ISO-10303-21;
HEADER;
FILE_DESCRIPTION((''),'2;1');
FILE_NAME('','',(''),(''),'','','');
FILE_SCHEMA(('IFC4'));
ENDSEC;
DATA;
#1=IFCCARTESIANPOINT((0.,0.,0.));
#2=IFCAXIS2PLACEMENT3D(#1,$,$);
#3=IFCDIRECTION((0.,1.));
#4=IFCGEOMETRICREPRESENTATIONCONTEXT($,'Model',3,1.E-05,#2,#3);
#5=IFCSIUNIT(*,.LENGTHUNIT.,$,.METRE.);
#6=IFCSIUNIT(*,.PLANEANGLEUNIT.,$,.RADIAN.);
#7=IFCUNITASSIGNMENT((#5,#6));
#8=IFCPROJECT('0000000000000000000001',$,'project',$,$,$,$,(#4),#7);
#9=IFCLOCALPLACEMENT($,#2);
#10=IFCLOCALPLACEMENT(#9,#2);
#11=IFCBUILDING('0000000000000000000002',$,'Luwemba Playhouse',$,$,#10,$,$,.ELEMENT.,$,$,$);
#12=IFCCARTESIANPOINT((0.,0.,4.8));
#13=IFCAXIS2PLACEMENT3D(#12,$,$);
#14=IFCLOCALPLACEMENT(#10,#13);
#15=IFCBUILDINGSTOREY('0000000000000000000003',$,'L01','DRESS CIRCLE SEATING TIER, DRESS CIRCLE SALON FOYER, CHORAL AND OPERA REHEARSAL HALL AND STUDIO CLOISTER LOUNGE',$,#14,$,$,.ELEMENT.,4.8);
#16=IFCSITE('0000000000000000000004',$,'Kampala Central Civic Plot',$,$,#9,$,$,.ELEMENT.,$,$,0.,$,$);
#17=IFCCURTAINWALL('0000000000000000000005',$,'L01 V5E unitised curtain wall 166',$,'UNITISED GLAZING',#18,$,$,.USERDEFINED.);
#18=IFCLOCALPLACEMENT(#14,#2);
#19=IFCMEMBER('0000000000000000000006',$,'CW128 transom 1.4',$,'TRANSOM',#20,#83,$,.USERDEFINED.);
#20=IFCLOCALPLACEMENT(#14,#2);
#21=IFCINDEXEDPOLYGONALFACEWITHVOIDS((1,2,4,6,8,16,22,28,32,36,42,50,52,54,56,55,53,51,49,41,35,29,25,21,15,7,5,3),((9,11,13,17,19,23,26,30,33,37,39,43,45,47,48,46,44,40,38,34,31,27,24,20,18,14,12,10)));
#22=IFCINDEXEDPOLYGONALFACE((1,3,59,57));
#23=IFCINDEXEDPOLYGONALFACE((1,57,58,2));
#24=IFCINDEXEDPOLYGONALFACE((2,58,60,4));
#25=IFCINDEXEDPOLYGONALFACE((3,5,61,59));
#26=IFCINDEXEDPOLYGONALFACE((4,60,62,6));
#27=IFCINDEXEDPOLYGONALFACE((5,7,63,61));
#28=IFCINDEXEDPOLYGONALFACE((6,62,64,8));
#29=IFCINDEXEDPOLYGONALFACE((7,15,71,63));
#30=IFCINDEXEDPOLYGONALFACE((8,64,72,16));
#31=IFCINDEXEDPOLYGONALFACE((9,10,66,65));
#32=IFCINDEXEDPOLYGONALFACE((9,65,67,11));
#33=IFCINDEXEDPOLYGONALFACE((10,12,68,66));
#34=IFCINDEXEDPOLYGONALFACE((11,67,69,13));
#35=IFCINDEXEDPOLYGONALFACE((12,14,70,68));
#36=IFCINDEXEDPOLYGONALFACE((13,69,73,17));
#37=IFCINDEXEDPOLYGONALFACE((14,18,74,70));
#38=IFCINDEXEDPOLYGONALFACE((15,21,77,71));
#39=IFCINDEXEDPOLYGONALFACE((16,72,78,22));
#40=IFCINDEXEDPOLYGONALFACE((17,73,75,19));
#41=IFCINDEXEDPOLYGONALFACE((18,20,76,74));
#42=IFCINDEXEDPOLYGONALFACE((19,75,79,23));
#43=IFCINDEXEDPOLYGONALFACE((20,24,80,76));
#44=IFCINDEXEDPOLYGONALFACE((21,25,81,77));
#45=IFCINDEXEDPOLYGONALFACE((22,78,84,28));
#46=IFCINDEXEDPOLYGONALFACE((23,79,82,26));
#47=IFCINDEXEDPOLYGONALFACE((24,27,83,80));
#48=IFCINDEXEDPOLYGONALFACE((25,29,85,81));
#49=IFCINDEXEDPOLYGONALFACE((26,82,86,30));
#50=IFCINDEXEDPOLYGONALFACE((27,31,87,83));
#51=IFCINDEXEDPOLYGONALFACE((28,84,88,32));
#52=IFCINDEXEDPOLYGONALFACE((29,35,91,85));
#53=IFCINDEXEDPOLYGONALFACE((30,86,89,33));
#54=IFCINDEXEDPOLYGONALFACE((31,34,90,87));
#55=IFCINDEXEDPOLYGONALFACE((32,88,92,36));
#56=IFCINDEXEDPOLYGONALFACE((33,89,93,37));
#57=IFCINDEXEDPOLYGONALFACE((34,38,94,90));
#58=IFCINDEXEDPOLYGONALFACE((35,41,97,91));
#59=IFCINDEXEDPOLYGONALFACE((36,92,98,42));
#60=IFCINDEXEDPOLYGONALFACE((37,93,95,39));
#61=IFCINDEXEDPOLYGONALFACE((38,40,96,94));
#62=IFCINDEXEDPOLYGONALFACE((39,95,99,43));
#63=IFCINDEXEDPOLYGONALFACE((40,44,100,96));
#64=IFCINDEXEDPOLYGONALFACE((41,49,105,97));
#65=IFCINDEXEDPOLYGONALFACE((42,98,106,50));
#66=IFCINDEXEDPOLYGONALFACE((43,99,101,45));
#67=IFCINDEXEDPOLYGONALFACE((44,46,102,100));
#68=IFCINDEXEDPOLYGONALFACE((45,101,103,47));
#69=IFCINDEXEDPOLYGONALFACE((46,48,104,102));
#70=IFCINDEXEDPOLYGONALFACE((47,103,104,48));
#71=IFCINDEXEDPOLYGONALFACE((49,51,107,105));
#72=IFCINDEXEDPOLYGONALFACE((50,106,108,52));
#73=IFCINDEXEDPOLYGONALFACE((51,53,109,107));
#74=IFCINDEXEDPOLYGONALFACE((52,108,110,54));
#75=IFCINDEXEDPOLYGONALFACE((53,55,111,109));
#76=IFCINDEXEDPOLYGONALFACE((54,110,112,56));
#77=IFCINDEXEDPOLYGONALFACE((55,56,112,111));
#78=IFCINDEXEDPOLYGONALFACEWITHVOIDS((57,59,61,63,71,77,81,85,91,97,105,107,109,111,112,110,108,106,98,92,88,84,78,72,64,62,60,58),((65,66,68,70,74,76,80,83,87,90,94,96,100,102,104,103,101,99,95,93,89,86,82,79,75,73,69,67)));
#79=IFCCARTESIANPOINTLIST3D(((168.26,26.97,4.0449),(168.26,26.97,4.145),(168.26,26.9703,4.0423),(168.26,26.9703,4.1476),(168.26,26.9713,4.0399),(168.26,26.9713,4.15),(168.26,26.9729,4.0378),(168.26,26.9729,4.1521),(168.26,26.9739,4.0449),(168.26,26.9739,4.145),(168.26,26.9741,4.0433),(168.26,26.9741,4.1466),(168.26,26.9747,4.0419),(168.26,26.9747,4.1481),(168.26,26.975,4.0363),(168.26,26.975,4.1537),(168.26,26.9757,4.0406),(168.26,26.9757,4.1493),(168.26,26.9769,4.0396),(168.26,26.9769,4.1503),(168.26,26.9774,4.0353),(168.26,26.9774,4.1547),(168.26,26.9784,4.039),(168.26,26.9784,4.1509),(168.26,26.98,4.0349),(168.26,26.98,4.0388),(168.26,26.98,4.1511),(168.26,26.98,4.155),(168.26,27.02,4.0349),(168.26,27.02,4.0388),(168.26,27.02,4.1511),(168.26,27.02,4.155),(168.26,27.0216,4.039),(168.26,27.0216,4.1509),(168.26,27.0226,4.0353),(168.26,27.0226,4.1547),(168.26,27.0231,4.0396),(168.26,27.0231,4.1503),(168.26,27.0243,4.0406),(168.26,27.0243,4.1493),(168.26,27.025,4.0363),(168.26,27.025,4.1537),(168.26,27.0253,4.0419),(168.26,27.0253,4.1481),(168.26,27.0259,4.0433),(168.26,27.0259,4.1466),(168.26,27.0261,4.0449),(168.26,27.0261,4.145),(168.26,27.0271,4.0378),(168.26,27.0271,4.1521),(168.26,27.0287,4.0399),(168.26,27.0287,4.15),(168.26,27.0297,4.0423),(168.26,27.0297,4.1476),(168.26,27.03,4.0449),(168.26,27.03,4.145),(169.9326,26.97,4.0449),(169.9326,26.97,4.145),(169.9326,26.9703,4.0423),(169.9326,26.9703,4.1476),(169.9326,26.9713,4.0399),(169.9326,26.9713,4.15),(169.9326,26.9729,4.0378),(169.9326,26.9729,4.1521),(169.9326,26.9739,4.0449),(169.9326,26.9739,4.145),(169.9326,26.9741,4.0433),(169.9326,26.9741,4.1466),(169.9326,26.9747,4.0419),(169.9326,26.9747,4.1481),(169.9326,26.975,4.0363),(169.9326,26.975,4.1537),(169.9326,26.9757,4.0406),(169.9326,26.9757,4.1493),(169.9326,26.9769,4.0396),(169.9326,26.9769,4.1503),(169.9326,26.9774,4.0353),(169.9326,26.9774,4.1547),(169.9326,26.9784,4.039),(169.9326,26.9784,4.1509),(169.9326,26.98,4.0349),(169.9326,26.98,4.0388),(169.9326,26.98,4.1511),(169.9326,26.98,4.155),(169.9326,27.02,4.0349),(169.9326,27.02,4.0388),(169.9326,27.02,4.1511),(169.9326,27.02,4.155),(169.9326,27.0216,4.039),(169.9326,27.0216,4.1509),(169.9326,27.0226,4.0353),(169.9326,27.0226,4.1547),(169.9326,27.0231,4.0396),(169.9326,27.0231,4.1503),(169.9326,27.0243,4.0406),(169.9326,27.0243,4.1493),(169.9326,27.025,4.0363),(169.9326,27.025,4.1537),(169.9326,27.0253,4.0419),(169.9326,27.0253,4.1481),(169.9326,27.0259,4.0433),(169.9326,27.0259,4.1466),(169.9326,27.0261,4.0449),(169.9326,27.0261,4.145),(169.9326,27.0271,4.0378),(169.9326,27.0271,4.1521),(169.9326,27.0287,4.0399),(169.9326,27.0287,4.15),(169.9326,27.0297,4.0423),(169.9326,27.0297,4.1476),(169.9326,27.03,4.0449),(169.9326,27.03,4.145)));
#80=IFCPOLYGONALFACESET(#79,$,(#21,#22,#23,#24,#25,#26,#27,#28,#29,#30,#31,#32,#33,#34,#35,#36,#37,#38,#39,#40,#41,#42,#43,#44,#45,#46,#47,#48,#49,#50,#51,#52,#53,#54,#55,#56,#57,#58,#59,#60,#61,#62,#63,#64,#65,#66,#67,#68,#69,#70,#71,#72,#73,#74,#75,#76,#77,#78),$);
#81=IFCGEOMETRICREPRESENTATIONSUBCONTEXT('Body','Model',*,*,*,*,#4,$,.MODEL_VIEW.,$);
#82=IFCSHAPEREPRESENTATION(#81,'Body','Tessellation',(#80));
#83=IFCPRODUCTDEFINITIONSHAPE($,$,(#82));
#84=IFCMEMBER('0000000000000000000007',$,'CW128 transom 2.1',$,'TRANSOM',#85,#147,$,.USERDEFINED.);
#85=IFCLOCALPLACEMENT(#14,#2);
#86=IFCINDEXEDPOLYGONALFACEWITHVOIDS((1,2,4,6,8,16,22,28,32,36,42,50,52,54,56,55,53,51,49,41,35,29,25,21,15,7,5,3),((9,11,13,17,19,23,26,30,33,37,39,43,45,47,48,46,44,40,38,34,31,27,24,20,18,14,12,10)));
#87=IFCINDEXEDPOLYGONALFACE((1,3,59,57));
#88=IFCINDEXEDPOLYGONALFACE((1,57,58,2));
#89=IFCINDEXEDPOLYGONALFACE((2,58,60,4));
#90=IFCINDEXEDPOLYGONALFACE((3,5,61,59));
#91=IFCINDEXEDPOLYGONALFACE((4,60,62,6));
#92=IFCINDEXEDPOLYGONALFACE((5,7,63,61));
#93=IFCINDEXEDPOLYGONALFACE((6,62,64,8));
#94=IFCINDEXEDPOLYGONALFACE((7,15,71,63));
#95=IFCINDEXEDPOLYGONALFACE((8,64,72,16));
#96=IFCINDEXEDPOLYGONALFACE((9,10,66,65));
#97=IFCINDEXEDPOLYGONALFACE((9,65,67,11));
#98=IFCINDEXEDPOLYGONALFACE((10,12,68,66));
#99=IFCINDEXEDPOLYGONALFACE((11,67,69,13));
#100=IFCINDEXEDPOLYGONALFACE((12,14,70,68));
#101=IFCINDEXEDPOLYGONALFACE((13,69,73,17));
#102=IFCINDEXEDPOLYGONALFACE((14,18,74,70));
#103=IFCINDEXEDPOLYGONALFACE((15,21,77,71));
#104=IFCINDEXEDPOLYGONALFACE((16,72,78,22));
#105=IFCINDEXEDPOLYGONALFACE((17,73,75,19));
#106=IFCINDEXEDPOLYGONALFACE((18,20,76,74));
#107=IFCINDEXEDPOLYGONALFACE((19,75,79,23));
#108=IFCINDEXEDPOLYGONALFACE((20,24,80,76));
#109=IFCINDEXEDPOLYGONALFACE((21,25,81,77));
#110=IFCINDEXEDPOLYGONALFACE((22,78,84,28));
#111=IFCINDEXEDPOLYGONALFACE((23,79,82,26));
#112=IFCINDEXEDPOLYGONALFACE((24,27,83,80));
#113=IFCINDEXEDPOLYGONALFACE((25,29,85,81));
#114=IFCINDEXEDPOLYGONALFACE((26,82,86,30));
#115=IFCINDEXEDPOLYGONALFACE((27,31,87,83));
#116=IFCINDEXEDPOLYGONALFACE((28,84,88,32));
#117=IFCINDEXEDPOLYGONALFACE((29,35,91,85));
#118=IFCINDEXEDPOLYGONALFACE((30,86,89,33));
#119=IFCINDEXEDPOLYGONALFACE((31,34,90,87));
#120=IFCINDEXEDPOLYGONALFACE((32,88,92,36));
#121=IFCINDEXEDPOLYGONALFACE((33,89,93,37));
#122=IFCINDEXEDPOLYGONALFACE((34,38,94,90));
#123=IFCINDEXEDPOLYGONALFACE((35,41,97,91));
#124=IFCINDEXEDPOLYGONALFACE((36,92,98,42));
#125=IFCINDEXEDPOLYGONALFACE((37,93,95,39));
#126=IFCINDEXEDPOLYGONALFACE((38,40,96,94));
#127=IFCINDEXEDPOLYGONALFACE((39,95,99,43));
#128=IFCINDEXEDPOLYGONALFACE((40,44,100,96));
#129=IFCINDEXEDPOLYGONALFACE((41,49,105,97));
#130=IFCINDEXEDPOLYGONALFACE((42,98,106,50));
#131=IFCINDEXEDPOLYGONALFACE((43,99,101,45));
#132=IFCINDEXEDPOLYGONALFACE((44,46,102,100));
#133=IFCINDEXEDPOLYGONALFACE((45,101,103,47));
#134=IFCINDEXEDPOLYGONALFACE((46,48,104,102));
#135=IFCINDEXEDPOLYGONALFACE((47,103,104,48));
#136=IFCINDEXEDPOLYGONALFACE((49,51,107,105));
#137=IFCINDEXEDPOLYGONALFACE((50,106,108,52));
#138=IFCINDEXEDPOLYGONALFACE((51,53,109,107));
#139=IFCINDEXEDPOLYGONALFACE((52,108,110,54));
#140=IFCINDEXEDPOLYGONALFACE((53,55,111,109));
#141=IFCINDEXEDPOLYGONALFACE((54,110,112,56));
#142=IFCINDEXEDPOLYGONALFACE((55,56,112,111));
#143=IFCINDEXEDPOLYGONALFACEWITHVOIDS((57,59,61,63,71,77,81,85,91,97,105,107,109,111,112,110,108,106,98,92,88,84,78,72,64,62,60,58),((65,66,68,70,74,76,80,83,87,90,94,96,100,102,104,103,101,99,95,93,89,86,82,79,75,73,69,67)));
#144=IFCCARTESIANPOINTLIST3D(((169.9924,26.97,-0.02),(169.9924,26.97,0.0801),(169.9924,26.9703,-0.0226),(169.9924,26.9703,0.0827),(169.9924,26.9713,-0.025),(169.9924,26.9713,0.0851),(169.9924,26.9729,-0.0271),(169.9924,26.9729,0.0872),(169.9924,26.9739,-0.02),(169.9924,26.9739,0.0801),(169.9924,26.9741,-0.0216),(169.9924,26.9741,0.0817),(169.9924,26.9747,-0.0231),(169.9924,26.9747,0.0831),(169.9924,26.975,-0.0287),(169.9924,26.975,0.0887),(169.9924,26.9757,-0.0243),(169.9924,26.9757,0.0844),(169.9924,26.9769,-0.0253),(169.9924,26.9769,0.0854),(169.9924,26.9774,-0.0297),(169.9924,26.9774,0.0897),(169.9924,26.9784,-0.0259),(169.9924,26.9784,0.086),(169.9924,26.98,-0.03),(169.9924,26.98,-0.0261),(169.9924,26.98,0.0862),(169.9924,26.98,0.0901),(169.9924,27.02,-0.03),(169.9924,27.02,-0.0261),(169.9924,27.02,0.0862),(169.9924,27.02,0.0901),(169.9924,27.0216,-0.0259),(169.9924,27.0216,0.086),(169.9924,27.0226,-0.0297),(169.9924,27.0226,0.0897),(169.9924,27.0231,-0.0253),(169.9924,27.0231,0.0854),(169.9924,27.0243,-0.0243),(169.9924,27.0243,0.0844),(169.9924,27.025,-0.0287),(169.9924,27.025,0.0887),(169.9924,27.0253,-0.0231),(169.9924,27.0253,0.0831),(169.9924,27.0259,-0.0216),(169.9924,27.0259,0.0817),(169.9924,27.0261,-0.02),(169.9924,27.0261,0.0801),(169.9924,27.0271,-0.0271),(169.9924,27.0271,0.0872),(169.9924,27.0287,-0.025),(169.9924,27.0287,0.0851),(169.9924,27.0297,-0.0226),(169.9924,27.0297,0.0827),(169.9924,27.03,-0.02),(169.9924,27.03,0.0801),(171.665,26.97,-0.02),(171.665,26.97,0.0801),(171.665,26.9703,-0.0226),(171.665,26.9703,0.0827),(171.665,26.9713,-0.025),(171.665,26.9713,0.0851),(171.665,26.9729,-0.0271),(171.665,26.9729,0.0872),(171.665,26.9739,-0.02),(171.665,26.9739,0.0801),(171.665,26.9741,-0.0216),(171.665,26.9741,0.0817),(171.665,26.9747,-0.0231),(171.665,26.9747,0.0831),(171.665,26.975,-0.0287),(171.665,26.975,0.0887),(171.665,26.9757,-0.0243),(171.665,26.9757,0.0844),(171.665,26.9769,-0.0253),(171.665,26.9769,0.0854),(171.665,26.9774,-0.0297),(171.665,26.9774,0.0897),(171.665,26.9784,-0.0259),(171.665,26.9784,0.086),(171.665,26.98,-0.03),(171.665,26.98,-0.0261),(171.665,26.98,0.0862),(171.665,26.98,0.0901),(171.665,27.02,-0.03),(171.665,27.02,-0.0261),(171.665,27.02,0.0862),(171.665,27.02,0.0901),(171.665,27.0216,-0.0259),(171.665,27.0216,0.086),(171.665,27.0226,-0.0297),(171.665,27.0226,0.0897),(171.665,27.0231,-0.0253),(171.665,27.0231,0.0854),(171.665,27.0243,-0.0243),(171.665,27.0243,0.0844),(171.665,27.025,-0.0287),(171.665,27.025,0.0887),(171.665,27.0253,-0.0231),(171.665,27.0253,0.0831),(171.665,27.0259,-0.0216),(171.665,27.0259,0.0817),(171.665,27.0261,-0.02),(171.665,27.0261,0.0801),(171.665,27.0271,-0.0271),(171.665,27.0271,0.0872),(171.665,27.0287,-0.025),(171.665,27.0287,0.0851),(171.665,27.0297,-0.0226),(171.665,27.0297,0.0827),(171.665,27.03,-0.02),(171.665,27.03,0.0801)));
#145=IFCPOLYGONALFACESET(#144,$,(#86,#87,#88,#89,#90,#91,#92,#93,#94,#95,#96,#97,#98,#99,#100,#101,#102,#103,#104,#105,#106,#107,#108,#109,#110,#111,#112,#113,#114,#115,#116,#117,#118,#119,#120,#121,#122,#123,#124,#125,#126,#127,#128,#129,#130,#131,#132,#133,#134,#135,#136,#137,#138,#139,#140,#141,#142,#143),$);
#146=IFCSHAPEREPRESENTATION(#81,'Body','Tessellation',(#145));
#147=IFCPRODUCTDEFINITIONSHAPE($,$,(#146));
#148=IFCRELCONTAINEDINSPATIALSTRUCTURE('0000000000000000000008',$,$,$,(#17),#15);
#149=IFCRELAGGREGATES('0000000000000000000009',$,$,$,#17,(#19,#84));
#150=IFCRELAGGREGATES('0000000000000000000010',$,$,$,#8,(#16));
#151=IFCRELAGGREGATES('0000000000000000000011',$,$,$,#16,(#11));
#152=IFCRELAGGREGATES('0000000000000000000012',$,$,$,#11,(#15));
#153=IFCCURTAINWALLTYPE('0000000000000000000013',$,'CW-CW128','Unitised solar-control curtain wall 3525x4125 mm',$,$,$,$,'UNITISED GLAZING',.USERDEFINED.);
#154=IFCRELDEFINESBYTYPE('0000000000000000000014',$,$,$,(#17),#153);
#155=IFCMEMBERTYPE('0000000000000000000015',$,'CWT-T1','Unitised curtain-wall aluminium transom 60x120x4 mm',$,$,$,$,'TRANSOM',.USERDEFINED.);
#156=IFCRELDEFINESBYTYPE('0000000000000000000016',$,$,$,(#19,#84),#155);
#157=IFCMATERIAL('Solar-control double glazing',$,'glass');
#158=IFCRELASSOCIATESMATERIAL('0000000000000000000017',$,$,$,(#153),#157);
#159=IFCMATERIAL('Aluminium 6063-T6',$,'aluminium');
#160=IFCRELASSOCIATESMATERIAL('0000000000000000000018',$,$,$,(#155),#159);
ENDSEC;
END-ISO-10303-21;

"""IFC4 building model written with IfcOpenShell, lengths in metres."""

from ifc_helpers import new_model, si_unit, direction, frame, origin, origin_2d, place, context, subcontext, project, spatial, hollow_rectangle, extrude, material, material_profile, profile_set, type_object, element, aggregate, save


model = new_model("IFC4")

# Units and contexts
model_context = context("Model", 3, precision=1e-05, world=origin(), true_north=direction((0.0, 1.0)))
body_context = subcontext(model_context, "Body", "Model", "MODEL_VIEW")
ifc_project = project(units=[si_unit("LENGTHUNIT", "METRE"), si_unit("PLANEANGLEUNIT", "RADIAN")], contexts=[model_context])

# Site, building, storey
site_placement = place(None, origin())
site = spatial("IfcSite", under=ifc_project, at=site_placement, Name="Kampala Central Civic Plot", CompositionType="ELEMENT", RefElevation=0.0)
building_placement = place(site_placement, origin())
building = spatial("IfcBuilding", under=site, at=building_placement, Name="Luwemba Playhouse", CompositionType="ELEMENT")
storey_placement = place(building_placement, frame((0.0, 0.0, 4.8)))
storey = spatial("IfcBuildingStorey", under=building, at=storey_placement, Name="L01", Description="DRESS CIRCLE SEATING TIER, DRESS CIRCLE SALON FOYER, CHORAL AND OPERA REHEARSAL HALL AND STUDIO CLOISTER LOUNGE", CompositionType="ELEMENT", Elevation=4.8)

# Curtain wall
ifc_material_1 = material(Name="Solar-control double glazing", Category="glass")
curtain_wall_type_1 = type_object("IfcCurtainWallType", Name="CW-CW128", Description="Unitised solar-control curtain wall 3525x4125 mm", ElementType="UNITISED GLAZING", PredefinedType="USERDEFINED", material=ifc_material_1)
curtain_wall_1_placement = place(storey_placement, origin())
curtain_wall_1 = element("IfcCurtainWall", 1, at=curtain_wall_1_placement, inside=storey, type_object=curtain_wall_type_1, Name="L01 V5E unitised curtain wall 166", ObjectType="UNITISED GLAZING", PredefinedType="USERDEFINED")
ifc_material_2 = material(Name="Aluminium 6063-T6", Category="aluminium")

# Members
ifc_material_profile_1 = material_profile(ifc_material_2, hollow_rectangle(XDim=0.0601, YDim=0.1201, WallThickness=0.0039, InnerFilletRadius=0.0061, OuterFilletRadius=0.01, at=origin_2d()))
ifc_profile_set_1 = profile_set([ifc_material_profile_1], Name="Aluminium 6063-T6")
member_type_1 = type_object("IfcMemberType", Name="CWT-T1", Description="Unitised curtain-wall aluminium transom 60x120x4 mm", ElementType="TRANSOM", PredefinedType="USERDEFINED", material=ifc_profile_set_1)
member_1_placement = place(storey_placement, frame((168.26, 27.0, 4.095), z_axis=(1.0, 0.0, 0.0), x_axis=(0.0, 1.0, 0.0)))
member_1 = element("IfcMember", 2, at=member_1_placement, type_object=member_type_1, Name="CW128 transom 1.4", ObjectType="TRANSOM", PredefinedType="USERDEFINED", context=body_context, shape_type="SweptSolid", body=[
    extrude(hollow_rectangle(XDim=0.0601, YDim=0.1201, WallThickness=0.0039, InnerFilletRadius=0.0061, OuterFilletRadius=0.01, at=origin_2d()), origin(), (0.0, 0.0, 1.0), 1.6726),
])
member_2_placement = place(storey_placement, frame((169.9924, 27.0, 0.03), z_axis=(1.0, 0.0, 0.0), x_axis=(0.0, 1.0, 0.0)))
member_2 = element("IfcMember", 3, at=member_2_placement, type_object=member_type_1, Name="CW128 transom 2.1", ObjectType="TRANSOM", PredefinedType="USERDEFINED", context=body_context, shape_type="SweptSolid", body=[
    extrude(hollow_rectangle(XDim=0.0601, YDim=0.1201, WallThickness=0.0039, InnerFilletRadius=0.0061, OuterFilletRadius=0.01, at=origin_2d()), origin(), (0.0, 0.0, 1.0), 1.6726),
])

aggregate(curtain_wall_1, [member_1, member_2])

save(model, "model.ifc")
